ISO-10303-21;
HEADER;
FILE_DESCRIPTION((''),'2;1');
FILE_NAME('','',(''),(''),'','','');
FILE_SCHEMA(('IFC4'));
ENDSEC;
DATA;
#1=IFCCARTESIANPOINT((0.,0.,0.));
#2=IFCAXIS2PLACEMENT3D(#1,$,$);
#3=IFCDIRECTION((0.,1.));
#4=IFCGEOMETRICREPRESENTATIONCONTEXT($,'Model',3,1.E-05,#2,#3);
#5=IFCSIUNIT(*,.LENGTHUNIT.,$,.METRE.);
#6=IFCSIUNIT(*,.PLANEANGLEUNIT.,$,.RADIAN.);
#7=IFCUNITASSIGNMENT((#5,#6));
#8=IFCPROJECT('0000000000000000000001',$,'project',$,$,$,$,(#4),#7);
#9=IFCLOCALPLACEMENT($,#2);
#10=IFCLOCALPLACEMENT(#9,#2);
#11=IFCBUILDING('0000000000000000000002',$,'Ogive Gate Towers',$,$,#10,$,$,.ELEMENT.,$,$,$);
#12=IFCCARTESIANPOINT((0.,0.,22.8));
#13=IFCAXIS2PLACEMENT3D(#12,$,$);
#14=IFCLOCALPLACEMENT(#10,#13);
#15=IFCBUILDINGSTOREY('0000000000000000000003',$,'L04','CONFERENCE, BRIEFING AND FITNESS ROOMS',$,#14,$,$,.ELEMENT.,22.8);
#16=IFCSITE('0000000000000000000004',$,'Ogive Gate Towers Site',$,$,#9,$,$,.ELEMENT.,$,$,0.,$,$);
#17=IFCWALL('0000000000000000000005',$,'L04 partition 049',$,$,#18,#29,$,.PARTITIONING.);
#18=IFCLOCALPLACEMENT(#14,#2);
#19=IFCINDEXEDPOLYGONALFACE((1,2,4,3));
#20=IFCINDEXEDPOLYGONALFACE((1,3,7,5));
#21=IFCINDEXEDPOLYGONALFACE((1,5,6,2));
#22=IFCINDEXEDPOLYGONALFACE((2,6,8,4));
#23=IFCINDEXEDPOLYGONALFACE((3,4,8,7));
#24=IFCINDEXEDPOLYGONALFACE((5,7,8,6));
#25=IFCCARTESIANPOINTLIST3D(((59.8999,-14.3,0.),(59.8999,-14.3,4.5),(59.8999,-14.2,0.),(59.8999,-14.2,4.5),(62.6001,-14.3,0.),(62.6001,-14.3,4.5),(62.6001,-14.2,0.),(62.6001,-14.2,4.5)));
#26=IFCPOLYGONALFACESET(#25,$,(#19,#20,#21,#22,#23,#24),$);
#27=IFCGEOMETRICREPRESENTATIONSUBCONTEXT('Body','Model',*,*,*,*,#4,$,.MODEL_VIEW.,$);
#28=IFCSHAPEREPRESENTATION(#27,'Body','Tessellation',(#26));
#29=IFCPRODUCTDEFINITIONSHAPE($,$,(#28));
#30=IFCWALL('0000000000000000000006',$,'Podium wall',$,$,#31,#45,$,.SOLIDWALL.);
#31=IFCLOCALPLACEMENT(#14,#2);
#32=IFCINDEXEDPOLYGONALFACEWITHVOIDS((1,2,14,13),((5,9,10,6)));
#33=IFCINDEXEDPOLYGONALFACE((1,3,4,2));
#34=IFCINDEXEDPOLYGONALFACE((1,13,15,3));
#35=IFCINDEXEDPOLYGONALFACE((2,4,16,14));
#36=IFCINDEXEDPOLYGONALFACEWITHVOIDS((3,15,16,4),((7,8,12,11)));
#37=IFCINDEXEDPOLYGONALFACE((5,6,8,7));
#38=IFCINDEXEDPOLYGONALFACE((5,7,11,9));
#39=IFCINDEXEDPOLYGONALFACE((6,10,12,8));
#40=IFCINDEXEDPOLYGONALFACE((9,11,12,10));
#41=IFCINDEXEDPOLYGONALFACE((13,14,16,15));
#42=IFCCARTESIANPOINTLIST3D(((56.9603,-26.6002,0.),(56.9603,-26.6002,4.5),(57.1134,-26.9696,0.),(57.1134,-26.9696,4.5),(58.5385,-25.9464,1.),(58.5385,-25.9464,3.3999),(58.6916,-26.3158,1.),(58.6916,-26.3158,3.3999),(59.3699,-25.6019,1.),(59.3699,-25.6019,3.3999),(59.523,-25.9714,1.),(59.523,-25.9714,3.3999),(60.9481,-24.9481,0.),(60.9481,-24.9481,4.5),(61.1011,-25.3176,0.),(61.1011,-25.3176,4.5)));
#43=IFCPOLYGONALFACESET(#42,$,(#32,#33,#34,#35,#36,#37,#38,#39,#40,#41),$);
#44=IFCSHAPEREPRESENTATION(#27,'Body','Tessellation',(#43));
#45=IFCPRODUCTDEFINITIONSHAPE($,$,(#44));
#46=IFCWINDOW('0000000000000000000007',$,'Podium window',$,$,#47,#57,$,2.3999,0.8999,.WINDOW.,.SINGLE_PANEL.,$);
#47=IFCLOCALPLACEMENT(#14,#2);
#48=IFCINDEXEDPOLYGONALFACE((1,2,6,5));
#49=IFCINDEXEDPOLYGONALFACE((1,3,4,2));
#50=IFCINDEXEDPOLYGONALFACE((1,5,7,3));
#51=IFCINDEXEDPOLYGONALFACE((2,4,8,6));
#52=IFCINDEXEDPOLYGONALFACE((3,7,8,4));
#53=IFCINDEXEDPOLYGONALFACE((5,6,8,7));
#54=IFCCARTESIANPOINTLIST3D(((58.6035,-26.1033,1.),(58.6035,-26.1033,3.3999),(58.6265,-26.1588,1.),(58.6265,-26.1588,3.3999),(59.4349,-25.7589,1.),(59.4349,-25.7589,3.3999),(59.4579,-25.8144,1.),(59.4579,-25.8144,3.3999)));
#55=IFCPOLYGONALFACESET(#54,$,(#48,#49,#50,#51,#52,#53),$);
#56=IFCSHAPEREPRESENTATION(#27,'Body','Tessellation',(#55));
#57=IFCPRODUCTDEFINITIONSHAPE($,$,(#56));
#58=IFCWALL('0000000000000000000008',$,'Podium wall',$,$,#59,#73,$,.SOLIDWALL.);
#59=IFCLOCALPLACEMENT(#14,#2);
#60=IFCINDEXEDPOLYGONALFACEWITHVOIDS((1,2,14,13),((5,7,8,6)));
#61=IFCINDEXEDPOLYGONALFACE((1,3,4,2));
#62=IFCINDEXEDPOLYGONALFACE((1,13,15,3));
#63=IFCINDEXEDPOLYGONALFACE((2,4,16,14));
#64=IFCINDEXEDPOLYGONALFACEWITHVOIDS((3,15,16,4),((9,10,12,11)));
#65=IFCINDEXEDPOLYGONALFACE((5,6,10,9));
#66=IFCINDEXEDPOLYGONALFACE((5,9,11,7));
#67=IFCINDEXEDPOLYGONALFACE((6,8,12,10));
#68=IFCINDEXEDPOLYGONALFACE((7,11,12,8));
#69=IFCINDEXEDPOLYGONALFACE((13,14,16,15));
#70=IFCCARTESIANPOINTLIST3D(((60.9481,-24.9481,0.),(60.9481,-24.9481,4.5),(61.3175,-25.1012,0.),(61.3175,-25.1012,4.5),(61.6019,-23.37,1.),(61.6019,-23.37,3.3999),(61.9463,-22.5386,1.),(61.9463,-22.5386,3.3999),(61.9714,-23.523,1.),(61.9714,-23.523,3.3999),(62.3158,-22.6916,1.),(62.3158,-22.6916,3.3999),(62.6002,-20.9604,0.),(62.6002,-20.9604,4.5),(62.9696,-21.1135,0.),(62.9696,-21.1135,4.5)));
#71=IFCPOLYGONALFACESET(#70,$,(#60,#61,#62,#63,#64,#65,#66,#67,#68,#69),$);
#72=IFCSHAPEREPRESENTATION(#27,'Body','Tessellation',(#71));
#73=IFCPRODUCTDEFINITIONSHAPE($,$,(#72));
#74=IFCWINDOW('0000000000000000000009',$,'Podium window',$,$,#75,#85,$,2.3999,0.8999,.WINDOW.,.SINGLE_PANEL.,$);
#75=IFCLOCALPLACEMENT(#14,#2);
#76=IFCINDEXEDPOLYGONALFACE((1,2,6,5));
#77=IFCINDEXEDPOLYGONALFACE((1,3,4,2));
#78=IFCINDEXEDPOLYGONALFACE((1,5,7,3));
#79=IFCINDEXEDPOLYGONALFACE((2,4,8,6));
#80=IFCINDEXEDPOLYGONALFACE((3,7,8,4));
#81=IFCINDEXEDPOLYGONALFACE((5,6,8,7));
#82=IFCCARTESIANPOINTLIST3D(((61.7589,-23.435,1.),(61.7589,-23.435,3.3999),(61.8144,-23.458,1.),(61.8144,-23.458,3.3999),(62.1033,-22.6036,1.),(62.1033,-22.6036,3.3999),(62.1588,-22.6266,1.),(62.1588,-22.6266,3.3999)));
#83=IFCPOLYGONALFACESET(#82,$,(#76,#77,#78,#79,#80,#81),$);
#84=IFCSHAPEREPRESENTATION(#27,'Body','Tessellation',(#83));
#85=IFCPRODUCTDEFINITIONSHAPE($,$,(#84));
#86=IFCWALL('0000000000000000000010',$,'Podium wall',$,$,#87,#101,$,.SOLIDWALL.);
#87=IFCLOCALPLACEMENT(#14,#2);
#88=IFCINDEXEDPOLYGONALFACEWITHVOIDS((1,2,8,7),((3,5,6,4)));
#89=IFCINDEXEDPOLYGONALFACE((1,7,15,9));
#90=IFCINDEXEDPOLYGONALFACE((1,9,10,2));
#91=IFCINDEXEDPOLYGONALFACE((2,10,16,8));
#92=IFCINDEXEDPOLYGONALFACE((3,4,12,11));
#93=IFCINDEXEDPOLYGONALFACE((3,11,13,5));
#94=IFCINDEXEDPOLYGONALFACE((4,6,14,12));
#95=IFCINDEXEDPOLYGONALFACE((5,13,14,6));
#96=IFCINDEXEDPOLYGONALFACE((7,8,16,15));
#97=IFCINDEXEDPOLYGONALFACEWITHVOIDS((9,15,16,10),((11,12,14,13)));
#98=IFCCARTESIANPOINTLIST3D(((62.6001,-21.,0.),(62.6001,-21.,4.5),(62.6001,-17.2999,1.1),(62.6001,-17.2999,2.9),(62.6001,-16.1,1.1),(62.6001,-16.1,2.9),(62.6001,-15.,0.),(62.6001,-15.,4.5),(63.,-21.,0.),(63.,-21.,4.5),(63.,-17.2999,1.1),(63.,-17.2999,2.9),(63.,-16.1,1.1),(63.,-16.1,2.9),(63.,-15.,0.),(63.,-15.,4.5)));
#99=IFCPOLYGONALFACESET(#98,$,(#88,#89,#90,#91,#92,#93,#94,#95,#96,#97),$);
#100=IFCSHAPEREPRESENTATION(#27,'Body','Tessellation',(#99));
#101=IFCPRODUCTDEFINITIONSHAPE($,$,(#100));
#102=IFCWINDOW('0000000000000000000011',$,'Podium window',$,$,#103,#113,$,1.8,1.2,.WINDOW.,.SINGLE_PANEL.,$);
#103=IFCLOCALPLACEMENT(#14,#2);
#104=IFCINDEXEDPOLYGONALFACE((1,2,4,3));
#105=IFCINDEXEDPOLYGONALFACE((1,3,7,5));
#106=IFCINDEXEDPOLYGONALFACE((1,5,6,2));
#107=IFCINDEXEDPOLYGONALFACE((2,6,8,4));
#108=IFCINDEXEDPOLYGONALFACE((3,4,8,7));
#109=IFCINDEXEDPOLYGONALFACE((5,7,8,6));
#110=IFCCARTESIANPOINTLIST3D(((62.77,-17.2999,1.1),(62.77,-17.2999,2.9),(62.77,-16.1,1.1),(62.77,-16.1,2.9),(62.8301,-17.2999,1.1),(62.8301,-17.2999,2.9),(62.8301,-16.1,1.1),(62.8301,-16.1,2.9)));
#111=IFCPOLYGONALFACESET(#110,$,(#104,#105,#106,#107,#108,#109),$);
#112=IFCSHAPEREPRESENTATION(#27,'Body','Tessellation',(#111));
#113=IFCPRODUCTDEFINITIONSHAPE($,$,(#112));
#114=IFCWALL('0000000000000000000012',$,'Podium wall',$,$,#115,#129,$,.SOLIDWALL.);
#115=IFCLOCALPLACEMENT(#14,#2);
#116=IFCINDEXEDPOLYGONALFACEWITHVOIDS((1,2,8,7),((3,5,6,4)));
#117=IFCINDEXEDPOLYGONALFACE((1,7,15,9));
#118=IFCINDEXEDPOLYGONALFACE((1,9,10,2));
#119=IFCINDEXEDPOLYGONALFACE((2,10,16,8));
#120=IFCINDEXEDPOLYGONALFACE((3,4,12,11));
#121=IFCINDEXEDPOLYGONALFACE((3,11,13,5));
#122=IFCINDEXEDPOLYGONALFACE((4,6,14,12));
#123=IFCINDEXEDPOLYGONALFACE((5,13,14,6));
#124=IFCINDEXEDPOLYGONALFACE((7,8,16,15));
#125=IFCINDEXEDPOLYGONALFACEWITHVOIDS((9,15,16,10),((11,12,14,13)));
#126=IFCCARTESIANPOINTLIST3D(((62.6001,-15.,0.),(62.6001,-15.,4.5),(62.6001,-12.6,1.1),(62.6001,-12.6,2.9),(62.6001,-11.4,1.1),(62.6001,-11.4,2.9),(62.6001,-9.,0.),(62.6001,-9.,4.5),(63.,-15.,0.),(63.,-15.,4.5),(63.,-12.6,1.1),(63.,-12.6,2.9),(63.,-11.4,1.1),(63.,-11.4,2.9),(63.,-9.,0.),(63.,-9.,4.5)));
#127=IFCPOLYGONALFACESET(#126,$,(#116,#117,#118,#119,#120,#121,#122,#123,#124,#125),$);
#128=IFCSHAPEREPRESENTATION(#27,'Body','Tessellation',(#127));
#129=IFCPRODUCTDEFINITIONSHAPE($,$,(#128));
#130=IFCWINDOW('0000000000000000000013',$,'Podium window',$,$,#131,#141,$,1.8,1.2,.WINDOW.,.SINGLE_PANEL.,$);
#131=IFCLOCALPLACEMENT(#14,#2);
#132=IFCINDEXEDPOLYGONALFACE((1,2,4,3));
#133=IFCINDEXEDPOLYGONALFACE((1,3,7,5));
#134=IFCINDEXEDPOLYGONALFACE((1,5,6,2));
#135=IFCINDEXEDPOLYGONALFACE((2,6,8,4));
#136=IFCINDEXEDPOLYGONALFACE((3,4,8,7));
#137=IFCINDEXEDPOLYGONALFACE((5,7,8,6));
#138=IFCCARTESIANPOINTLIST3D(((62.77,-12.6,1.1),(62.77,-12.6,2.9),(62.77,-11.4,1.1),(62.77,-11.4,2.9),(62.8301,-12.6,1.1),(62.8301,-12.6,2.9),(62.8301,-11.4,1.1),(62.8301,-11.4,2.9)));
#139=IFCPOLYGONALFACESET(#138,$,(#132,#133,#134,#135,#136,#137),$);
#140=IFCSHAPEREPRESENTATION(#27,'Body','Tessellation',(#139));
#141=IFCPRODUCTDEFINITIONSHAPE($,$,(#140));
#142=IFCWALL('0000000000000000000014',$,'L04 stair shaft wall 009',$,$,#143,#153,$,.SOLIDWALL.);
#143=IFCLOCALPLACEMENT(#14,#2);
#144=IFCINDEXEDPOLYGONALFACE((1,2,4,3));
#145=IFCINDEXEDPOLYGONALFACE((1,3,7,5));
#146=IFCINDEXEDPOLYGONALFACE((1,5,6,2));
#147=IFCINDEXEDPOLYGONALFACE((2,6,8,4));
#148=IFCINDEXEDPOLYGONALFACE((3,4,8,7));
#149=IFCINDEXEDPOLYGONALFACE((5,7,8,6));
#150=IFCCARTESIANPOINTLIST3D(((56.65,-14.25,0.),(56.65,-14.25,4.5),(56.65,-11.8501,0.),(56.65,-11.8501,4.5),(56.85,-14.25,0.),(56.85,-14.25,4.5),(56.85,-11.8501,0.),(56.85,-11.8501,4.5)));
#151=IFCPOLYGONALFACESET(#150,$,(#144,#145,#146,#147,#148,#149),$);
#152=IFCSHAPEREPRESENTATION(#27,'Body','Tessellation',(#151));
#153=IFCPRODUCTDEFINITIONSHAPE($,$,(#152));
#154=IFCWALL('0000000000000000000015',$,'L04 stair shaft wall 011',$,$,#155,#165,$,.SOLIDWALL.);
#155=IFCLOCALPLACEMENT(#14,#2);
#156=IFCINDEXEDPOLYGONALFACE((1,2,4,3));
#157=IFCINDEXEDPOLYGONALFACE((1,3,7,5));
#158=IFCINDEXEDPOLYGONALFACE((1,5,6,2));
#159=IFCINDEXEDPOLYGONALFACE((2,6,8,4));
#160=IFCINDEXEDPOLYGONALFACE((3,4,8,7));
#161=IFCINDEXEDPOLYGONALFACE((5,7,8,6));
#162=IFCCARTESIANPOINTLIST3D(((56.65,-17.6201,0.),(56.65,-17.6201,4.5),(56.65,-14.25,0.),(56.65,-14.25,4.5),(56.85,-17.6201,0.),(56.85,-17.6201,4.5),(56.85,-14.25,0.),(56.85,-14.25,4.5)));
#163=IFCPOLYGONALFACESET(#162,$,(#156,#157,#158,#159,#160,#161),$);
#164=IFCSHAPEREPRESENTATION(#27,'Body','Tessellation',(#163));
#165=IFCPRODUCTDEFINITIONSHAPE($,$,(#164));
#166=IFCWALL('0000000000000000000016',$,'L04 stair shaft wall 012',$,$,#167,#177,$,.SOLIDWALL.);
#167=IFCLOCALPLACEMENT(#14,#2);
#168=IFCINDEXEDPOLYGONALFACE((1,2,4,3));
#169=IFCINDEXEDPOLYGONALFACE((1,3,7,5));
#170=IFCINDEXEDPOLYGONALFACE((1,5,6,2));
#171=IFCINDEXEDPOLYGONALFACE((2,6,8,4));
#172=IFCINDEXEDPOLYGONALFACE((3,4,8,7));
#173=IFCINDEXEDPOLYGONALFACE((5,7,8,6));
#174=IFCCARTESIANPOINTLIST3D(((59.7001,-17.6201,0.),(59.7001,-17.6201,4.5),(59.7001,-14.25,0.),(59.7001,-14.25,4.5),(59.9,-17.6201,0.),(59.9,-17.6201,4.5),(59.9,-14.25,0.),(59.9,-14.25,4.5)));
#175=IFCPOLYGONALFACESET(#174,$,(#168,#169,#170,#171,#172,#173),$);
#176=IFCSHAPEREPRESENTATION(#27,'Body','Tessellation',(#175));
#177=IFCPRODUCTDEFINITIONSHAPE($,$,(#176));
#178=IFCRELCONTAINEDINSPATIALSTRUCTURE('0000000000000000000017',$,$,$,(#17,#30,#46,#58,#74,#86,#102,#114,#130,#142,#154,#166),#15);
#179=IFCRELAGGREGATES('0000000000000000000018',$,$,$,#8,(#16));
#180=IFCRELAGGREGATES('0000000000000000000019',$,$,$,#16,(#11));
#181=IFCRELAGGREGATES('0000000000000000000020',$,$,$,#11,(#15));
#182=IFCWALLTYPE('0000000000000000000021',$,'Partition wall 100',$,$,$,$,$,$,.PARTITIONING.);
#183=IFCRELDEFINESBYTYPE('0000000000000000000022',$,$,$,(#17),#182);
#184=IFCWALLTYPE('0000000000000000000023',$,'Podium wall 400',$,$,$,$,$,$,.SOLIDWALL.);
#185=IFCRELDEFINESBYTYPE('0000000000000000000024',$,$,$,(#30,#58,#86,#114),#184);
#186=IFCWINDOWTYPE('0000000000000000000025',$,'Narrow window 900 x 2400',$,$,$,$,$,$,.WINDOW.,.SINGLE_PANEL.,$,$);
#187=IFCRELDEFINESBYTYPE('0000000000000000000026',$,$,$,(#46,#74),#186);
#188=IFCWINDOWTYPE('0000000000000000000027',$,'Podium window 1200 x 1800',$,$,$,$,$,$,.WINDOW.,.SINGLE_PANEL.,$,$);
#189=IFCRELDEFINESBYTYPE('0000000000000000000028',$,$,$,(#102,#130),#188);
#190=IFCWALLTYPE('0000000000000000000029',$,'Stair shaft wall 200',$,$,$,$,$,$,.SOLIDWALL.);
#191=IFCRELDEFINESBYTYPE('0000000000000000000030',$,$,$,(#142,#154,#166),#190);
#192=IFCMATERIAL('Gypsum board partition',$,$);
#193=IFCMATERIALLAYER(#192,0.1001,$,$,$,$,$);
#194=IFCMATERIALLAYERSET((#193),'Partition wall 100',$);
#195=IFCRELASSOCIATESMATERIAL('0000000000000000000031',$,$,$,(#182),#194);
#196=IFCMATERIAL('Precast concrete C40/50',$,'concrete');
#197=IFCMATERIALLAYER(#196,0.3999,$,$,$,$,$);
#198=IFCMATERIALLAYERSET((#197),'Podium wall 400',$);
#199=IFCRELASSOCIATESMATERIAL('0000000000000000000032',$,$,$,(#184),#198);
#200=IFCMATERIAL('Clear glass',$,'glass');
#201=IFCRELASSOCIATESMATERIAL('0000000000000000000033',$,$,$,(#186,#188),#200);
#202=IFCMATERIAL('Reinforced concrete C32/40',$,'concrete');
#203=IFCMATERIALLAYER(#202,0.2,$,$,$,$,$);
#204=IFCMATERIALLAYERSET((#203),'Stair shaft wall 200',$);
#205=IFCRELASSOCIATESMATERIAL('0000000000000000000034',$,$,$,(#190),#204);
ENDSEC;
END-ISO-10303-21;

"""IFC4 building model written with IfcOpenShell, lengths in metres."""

from ifc_helpers import new_model, si_unit, direction, frame, frame_2d, origin, place, context, subcontext, project, spatial, rectangle, extrude, material, layer, layer_set, type_object, element, fill, save


model = new_model("IFC4")

# Units and contexts
model_context = context("Model", 3, precision=1e-05, world=origin(), true_north=direction((0.0, 1.0)))
body_context = subcontext(model_context, "Body", "Model", "MODEL_VIEW")
ifc_project = project(units=[si_unit("LENGTHUNIT", "METRE"), si_unit("PLANEANGLEUNIT", "RADIAN")], contexts=[model_context])

# Site, building, storey
site_placement = place(None, origin())
site = spatial("IfcSite", under=ifc_project, at=site_placement, Name="Ogive Gate Towers Site", CompositionType="ELEMENT", RefElevation=0.0)
building_placement = place(site_placement, origin())
building = spatial("IfcBuilding", under=site, at=building_placement, Name="Ogive Gate Towers", CompositionType="ELEMENT")
storey_placement = place(building_placement, frame((0.0, 0.0, 22.8)))
storey = spatial("IfcBuildingStorey", under=building, at=storey_placement, Name="L04", Description="CONFERENCE, BRIEFING AND FITNESS ROOMS", CompositionType="ELEMENT", Elevation=22.8)

# Wall
ifc_material_1 = material(Name="Gypsum board partition")
ifc_layer_1 = layer(ifc_material_1, 0.1001)
ifc_layer_set_1 = layer_set([ifc_layer_1], Name="Partition wall 100")
wall_type_1 = type_object("IfcWallType", Name="Partition wall 100", PredefinedType="PARTITIONING", material=ifc_layer_set_1)
wall_1_placement = place(storey_placement, frame((59.8999, -14.25, 0.0), z_axis=(0.0, 0.0, 1.0), x_axis=(1.0, 0.0, 0.0)))
element("IfcWall", 1, at=wall_1_placement, inside=storey, type_object=wall_type_1, Name="L04 partition 049", PredefinedType="PARTITIONING", context=body_context, shape_type="SweptSolid", body=[
    extrude(rectangle(XDim=2.7002, YDim=0.1001, at=frame_2d((1.3501, 0.0))), origin(), (0.0, 0.0, 1.0), 4.5),
])

# Walls, openings, windows
ifc_material_2 = material(Name="Precast concrete C40/50", Category="concrete")
ifc_layer_2 = layer(ifc_material_2, 0.3999)
ifc_layer_set_2 = layer_set([ifc_layer_2], Name="Podium wall 400")
wall_type_2 = type_object("IfcWallType", Name="Podium wall 400", PredefinedType="SOLIDWALL", material=ifc_layer_set_2)
wall_2_placement = place(storey_placement, frame((57.0369, -26.7849, 0.0), z_axis=(0.0, 0.0, 1.0), x_axis=(0.923855, 0.382743, 0.0)))
wall_2 = element("IfcWall", 2, at=wall_2_placement, inside=storey, type_object=wall_type_2, Name="Podium wall", PredefinedType="SOLIDWALL", context=body_context, shape_type="SweptSolid", body=[
    extrude(rectangle(XDim=4.3164, YDim=0.3999, at=frame_2d((2.1582, 0.0))), origin(), (0.0, 0.0, 1.0), 4.5),
])
opening_1_placement = place(wall_2_placement, frame((1.7083, 0.0, 1.0)))
opening_1 = element("IfcOpeningElement", 3, at=opening_1_placement, cuts=wall_2, PredefinedType="OPENING", context=body_context, shape_type="SweptSolid", body=[
    extrude(rectangle(XDim=0.8999, YDim=2.3999, at=frame_2d((0.45, 1.2))), frame((0.0, 0.21, 0.0), z_axis=(0.0, -1.0, 0.0), x_axis=(1.0, 0.0, 0.0)), (0.0, 0.0, 1.0), 0.4199),
])
ifc_material_3 = material(Name="Clear glass", Category="glass")
window_type_1 = type_object("IfcWindowType", Name="Narrow window 900 x 2400", PartitioningType="SINGLE_PANEL", PredefinedType="WINDOW", material=ifc_material_3)
window_1_placement = place(opening_1_placement, origin())
window_1 = element("IfcWindow", 4, at=window_1_placement, inside=storey, type_object=window_type_1, Name="Podium window", OverallHeight=2.3999, OverallWidth=0.8999, PartitioningType="SINGLE_PANEL", PredefinedType="WINDOW", context=body_context, shape_type="SweptSolid", body=[
    extrude(rectangle(XDim=0.8999, YDim=2.3999, at=frame_2d((0.45, 1.2))), frame((0.0, 0.03, 0.0), z_axis=(0.0, -1.0, 0.0), x_axis=(1.0, 0.0, 0.0)), (0.0, 0.0, 1.0), 0.0601),
])
fill(opening_1, window_1)
wall_3_placement = place(storey_placement, frame((61.1328, -25.0247, 0.0), z_axis=(0.0, 0.0, 1.0), x_axis=(0.382743, 0.923855, 0.0)))
wall_3 = element("IfcWall", 5, at=wall_3_placement, inside=storey, type_object=wall_type_2, Name="Podium wall", PredefinedType="SOLIDWALL", context=body_context, shape_type="SweptSolid", body=[
    extrude(rectangle(XDim=4.3164, YDim=0.3999, at=frame_2d((2.1582, 0.0))), origin(), (0.0, 0.0, 1.0), 4.5),
])
opening_2_placement = place(wall_3_placement, frame((1.7083, 0.0, 1.0)))
opening_2 = element("IfcOpeningElement", 6, at=opening_2_placement, cuts=wall_3, PredefinedType="OPENING", context=body_context, shape_type="SweptSolid", body=[
    extrude(rectangle(XDim=0.8999, YDim=2.3999, at=frame_2d((0.45, 1.2))), frame((0.0, 0.21, 0.0), z_axis=(0.0, -1.0, 0.0), x_axis=(1.0, 0.0, 0.0)), (0.0, 0.0, 1.0), 0.4199),
])
window_2_placement = place(opening_2_placement, origin())
window_2 = element("IfcWindow", 7, at=window_2_placement, inside=storey, type_object=window_type_1, Name="Podium window", OverallHeight=2.3999, OverallWidth=0.8999, PartitioningType="SINGLE_PANEL", PredefinedType="WINDOW", context=body_context, shape_type="SweptSolid", body=[
    extrude(rectangle(XDim=0.8999, YDim=2.3999, at=frame_2d((0.45, 1.2))), frame((0.0, 0.03, 0.0), z_axis=(0.0, -1.0, 0.0), x_axis=(1.0, 0.0, 0.0)), (0.0, 0.0, 1.0), 0.0601),
])
fill(opening_2, window_2)
wall_4_placement = place(storey_placement, frame((62.8, -21.0, 0.0), z_axis=(0.0, 0.0, 1.0), x_axis=(0.0, 1.0, 0.0)))
wall_4 = element("IfcWall", 8, at=wall_4_placement, inside=storey, type_object=wall_type_2, Name="Podium wall", PredefinedType="SOLIDWALL", context=body_context, shape_type="SweptSolid", body=[
    extrude(rectangle(XDim=6.0, YDim=0.3999, at=frame_2d((3.0, 0.0))), origin(), (0.0, 0.0, 1.0), 4.5),
])
opening_3_placement = place(wall_4_placement, frame((3.7, 0.0, 1.1001)))
opening_3 = element("IfcOpeningElement", 9, at=opening_3_placement, cuts=wall_4, PredefinedType="OPENING", context=body_context, shape_type="SweptSolid", body=[
    extrude(rectangle(XDim=1.2, YDim=1.8, at=frame_2d((0.6001, 0.8999))), frame((0.0, 0.21, 0.0), z_axis=(0.0, -1.0, 0.0), x_axis=(1.0, 0.0, 0.0)), (0.0, 0.0, 1.0), 0.4199),
])
window_type_2 = type_object("IfcWindowType", Name="Podium window 1200 x 1800", PartitioningType="SINGLE_PANEL", PredefinedType="WINDOW", material=ifc_material_3)
window_3_placement = place(opening_3_placement, origin())
window_3 = element("IfcWindow", 10, at=window_3_placement, inside=storey, type_object=window_type_2, Name="Podium window", OverallHeight=1.8, OverallWidth=1.2, PartitioningType="SINGLE_PANEL", PredefinedType="WINDOW", context=body_context, shape_type="SweptSolid", body=[
    extrude(rectangle(XDim=1.2, YDim=1.8, at=frame_2d((0.6001, 0.8999))), frame((0.0, 0.03, 0.0), z_axis=(0.0, -1.0, 0.0), x_axis=(1.0, 0.0, 0.0)), (0.0, 0.0, 1.0), 0.0601),
])
fill(opening_3, window_3)
wall_5_placement = place(storey_placement, frame((62.8, -15.0, 0.0), z_axis=(0.0, 0.0, 1.0), x_axis=(0.0, 1.0, 0.0)))
wall_5 = element("IfcWall", 11, at=wall_5_placement, inside=storey, type_object=wall_type_2, Name="Podium wall", PredefinedType="SOLIDWALL", context=body_context, shape_type="SweptSolid", body=[
    extrude(rectangle(XDim=6.0, YDim=0.3999, at=frame_2d((3.0, 0.0))), origin(), (0.0, 0.0, 1.0), 4.5),
])
opening_4_placement = place(wall_5_placement, frame((2.3999, 0.0, 1.1001)))
opening_4 = element("IfcOpeningElement", 12, at=opening_4_placement, cuts=wall_5, PredefinedType="OPENING", context=body_context, shape_type="SweptSolid", body=[
    extrude(rectangle(XDim=1.2, YDim=1.8, at=frame_2d((0.6001, 0.8999))), frame((0.0, 0.21, 0.0), z_axis=(0.0, -1.0, 0.0), x_axis=(1.0, 0.0, 0.0)), (0.0, 0.0, 1.0), 0.4199),
])
window_4_placement = place(opening_4_placement, origin())
window_4 = element("IfcWindow", 13, at=window_4_placement, inside=storey, type_object=window_type_2, Name="Podium window", OverallHeight=1.8, OverallWidth=1.2, PartitioningType="SINGLE_PANEL", PredefinedType="WINDOW", context=body_context, shape_type="SweptSolid", body=[
    extrude(rectangle(XDim=1.2, YDim=1.8, at=frame_2d((0.6001, 0.8999))), frame((0.0, 0.03, 0.0), z_axis=(0.0, -1.0, 0.0), x_axis=(1.0, 0.0, 0.0)), (0.0, 0.0, 1.0), 0.0601),
])
fill(opening_4, window_4)

# Walls
ifc_material_4 = material(Name="Reinforced concrete C32/40", Category="concrete")
ifc_layer_3 = layer(ifc_material_4, 0.2)
ifc_layer_set_3 = layer_set([ifc_layer_3], Name="Stair shaft wall 200")
wall_type_3 = type_object("IfcWallType", Name="Stair shaft wall 200", PredefinedType="SOLIDWALL", material=ifc_layer_set_3)
wall_6_placement = place(storey_placement, frame((56.75, -14.25, 0.0), z_axis=(0.0, 0.0, 1.0), x_axis=(0.0, 1.0, 0.0)))
element("IfcWall", 14, at=wall_6_placement, inside=storey, type_object=wall_type_3, Name="L04 stair shaft wall 009", PredefinedType="SOLIDWALL", context=body_context, shape_type="SweptSolid", body=[
    extrude(rectangle(XDim=2.3999, YDim=0.2, at=frame_2d((1.2, 0.0))), origin(), (0.0, 0.0, 1.0), 4.5),
])
for number, where, z_axis, x_axis, name in (
    (15, (56.75, -17.6201, 0.0), (0.0, 0.0, 1.0), (0.0, 1.0, 0.0), "L04 stair shaft wall 011"),
    (16, (59.8, -17.6201, 0.0), (0.0, 0.0, 1.0), (0.0, 1.0, 0.0), "L04 stair shaft wall 012"),
):
    element("IfcWall", number, at=place(storey_placement, frame(where, z_axis=z_axis, x_axis=x_axis)), inside=storey, type_object=wall_type_3, Name=name, PredefinedType="SOLIDWALL", context=body_context, shape_type="SweptSolid", body=[
        extrude(rectangle(XDim=3.3701, YDim=0.2, at=frame_2d((1.6851, 0.0))), origin(), (0.0, 0.0, 1.0), 4.5),
    ])

save(model, "model.ifc")
